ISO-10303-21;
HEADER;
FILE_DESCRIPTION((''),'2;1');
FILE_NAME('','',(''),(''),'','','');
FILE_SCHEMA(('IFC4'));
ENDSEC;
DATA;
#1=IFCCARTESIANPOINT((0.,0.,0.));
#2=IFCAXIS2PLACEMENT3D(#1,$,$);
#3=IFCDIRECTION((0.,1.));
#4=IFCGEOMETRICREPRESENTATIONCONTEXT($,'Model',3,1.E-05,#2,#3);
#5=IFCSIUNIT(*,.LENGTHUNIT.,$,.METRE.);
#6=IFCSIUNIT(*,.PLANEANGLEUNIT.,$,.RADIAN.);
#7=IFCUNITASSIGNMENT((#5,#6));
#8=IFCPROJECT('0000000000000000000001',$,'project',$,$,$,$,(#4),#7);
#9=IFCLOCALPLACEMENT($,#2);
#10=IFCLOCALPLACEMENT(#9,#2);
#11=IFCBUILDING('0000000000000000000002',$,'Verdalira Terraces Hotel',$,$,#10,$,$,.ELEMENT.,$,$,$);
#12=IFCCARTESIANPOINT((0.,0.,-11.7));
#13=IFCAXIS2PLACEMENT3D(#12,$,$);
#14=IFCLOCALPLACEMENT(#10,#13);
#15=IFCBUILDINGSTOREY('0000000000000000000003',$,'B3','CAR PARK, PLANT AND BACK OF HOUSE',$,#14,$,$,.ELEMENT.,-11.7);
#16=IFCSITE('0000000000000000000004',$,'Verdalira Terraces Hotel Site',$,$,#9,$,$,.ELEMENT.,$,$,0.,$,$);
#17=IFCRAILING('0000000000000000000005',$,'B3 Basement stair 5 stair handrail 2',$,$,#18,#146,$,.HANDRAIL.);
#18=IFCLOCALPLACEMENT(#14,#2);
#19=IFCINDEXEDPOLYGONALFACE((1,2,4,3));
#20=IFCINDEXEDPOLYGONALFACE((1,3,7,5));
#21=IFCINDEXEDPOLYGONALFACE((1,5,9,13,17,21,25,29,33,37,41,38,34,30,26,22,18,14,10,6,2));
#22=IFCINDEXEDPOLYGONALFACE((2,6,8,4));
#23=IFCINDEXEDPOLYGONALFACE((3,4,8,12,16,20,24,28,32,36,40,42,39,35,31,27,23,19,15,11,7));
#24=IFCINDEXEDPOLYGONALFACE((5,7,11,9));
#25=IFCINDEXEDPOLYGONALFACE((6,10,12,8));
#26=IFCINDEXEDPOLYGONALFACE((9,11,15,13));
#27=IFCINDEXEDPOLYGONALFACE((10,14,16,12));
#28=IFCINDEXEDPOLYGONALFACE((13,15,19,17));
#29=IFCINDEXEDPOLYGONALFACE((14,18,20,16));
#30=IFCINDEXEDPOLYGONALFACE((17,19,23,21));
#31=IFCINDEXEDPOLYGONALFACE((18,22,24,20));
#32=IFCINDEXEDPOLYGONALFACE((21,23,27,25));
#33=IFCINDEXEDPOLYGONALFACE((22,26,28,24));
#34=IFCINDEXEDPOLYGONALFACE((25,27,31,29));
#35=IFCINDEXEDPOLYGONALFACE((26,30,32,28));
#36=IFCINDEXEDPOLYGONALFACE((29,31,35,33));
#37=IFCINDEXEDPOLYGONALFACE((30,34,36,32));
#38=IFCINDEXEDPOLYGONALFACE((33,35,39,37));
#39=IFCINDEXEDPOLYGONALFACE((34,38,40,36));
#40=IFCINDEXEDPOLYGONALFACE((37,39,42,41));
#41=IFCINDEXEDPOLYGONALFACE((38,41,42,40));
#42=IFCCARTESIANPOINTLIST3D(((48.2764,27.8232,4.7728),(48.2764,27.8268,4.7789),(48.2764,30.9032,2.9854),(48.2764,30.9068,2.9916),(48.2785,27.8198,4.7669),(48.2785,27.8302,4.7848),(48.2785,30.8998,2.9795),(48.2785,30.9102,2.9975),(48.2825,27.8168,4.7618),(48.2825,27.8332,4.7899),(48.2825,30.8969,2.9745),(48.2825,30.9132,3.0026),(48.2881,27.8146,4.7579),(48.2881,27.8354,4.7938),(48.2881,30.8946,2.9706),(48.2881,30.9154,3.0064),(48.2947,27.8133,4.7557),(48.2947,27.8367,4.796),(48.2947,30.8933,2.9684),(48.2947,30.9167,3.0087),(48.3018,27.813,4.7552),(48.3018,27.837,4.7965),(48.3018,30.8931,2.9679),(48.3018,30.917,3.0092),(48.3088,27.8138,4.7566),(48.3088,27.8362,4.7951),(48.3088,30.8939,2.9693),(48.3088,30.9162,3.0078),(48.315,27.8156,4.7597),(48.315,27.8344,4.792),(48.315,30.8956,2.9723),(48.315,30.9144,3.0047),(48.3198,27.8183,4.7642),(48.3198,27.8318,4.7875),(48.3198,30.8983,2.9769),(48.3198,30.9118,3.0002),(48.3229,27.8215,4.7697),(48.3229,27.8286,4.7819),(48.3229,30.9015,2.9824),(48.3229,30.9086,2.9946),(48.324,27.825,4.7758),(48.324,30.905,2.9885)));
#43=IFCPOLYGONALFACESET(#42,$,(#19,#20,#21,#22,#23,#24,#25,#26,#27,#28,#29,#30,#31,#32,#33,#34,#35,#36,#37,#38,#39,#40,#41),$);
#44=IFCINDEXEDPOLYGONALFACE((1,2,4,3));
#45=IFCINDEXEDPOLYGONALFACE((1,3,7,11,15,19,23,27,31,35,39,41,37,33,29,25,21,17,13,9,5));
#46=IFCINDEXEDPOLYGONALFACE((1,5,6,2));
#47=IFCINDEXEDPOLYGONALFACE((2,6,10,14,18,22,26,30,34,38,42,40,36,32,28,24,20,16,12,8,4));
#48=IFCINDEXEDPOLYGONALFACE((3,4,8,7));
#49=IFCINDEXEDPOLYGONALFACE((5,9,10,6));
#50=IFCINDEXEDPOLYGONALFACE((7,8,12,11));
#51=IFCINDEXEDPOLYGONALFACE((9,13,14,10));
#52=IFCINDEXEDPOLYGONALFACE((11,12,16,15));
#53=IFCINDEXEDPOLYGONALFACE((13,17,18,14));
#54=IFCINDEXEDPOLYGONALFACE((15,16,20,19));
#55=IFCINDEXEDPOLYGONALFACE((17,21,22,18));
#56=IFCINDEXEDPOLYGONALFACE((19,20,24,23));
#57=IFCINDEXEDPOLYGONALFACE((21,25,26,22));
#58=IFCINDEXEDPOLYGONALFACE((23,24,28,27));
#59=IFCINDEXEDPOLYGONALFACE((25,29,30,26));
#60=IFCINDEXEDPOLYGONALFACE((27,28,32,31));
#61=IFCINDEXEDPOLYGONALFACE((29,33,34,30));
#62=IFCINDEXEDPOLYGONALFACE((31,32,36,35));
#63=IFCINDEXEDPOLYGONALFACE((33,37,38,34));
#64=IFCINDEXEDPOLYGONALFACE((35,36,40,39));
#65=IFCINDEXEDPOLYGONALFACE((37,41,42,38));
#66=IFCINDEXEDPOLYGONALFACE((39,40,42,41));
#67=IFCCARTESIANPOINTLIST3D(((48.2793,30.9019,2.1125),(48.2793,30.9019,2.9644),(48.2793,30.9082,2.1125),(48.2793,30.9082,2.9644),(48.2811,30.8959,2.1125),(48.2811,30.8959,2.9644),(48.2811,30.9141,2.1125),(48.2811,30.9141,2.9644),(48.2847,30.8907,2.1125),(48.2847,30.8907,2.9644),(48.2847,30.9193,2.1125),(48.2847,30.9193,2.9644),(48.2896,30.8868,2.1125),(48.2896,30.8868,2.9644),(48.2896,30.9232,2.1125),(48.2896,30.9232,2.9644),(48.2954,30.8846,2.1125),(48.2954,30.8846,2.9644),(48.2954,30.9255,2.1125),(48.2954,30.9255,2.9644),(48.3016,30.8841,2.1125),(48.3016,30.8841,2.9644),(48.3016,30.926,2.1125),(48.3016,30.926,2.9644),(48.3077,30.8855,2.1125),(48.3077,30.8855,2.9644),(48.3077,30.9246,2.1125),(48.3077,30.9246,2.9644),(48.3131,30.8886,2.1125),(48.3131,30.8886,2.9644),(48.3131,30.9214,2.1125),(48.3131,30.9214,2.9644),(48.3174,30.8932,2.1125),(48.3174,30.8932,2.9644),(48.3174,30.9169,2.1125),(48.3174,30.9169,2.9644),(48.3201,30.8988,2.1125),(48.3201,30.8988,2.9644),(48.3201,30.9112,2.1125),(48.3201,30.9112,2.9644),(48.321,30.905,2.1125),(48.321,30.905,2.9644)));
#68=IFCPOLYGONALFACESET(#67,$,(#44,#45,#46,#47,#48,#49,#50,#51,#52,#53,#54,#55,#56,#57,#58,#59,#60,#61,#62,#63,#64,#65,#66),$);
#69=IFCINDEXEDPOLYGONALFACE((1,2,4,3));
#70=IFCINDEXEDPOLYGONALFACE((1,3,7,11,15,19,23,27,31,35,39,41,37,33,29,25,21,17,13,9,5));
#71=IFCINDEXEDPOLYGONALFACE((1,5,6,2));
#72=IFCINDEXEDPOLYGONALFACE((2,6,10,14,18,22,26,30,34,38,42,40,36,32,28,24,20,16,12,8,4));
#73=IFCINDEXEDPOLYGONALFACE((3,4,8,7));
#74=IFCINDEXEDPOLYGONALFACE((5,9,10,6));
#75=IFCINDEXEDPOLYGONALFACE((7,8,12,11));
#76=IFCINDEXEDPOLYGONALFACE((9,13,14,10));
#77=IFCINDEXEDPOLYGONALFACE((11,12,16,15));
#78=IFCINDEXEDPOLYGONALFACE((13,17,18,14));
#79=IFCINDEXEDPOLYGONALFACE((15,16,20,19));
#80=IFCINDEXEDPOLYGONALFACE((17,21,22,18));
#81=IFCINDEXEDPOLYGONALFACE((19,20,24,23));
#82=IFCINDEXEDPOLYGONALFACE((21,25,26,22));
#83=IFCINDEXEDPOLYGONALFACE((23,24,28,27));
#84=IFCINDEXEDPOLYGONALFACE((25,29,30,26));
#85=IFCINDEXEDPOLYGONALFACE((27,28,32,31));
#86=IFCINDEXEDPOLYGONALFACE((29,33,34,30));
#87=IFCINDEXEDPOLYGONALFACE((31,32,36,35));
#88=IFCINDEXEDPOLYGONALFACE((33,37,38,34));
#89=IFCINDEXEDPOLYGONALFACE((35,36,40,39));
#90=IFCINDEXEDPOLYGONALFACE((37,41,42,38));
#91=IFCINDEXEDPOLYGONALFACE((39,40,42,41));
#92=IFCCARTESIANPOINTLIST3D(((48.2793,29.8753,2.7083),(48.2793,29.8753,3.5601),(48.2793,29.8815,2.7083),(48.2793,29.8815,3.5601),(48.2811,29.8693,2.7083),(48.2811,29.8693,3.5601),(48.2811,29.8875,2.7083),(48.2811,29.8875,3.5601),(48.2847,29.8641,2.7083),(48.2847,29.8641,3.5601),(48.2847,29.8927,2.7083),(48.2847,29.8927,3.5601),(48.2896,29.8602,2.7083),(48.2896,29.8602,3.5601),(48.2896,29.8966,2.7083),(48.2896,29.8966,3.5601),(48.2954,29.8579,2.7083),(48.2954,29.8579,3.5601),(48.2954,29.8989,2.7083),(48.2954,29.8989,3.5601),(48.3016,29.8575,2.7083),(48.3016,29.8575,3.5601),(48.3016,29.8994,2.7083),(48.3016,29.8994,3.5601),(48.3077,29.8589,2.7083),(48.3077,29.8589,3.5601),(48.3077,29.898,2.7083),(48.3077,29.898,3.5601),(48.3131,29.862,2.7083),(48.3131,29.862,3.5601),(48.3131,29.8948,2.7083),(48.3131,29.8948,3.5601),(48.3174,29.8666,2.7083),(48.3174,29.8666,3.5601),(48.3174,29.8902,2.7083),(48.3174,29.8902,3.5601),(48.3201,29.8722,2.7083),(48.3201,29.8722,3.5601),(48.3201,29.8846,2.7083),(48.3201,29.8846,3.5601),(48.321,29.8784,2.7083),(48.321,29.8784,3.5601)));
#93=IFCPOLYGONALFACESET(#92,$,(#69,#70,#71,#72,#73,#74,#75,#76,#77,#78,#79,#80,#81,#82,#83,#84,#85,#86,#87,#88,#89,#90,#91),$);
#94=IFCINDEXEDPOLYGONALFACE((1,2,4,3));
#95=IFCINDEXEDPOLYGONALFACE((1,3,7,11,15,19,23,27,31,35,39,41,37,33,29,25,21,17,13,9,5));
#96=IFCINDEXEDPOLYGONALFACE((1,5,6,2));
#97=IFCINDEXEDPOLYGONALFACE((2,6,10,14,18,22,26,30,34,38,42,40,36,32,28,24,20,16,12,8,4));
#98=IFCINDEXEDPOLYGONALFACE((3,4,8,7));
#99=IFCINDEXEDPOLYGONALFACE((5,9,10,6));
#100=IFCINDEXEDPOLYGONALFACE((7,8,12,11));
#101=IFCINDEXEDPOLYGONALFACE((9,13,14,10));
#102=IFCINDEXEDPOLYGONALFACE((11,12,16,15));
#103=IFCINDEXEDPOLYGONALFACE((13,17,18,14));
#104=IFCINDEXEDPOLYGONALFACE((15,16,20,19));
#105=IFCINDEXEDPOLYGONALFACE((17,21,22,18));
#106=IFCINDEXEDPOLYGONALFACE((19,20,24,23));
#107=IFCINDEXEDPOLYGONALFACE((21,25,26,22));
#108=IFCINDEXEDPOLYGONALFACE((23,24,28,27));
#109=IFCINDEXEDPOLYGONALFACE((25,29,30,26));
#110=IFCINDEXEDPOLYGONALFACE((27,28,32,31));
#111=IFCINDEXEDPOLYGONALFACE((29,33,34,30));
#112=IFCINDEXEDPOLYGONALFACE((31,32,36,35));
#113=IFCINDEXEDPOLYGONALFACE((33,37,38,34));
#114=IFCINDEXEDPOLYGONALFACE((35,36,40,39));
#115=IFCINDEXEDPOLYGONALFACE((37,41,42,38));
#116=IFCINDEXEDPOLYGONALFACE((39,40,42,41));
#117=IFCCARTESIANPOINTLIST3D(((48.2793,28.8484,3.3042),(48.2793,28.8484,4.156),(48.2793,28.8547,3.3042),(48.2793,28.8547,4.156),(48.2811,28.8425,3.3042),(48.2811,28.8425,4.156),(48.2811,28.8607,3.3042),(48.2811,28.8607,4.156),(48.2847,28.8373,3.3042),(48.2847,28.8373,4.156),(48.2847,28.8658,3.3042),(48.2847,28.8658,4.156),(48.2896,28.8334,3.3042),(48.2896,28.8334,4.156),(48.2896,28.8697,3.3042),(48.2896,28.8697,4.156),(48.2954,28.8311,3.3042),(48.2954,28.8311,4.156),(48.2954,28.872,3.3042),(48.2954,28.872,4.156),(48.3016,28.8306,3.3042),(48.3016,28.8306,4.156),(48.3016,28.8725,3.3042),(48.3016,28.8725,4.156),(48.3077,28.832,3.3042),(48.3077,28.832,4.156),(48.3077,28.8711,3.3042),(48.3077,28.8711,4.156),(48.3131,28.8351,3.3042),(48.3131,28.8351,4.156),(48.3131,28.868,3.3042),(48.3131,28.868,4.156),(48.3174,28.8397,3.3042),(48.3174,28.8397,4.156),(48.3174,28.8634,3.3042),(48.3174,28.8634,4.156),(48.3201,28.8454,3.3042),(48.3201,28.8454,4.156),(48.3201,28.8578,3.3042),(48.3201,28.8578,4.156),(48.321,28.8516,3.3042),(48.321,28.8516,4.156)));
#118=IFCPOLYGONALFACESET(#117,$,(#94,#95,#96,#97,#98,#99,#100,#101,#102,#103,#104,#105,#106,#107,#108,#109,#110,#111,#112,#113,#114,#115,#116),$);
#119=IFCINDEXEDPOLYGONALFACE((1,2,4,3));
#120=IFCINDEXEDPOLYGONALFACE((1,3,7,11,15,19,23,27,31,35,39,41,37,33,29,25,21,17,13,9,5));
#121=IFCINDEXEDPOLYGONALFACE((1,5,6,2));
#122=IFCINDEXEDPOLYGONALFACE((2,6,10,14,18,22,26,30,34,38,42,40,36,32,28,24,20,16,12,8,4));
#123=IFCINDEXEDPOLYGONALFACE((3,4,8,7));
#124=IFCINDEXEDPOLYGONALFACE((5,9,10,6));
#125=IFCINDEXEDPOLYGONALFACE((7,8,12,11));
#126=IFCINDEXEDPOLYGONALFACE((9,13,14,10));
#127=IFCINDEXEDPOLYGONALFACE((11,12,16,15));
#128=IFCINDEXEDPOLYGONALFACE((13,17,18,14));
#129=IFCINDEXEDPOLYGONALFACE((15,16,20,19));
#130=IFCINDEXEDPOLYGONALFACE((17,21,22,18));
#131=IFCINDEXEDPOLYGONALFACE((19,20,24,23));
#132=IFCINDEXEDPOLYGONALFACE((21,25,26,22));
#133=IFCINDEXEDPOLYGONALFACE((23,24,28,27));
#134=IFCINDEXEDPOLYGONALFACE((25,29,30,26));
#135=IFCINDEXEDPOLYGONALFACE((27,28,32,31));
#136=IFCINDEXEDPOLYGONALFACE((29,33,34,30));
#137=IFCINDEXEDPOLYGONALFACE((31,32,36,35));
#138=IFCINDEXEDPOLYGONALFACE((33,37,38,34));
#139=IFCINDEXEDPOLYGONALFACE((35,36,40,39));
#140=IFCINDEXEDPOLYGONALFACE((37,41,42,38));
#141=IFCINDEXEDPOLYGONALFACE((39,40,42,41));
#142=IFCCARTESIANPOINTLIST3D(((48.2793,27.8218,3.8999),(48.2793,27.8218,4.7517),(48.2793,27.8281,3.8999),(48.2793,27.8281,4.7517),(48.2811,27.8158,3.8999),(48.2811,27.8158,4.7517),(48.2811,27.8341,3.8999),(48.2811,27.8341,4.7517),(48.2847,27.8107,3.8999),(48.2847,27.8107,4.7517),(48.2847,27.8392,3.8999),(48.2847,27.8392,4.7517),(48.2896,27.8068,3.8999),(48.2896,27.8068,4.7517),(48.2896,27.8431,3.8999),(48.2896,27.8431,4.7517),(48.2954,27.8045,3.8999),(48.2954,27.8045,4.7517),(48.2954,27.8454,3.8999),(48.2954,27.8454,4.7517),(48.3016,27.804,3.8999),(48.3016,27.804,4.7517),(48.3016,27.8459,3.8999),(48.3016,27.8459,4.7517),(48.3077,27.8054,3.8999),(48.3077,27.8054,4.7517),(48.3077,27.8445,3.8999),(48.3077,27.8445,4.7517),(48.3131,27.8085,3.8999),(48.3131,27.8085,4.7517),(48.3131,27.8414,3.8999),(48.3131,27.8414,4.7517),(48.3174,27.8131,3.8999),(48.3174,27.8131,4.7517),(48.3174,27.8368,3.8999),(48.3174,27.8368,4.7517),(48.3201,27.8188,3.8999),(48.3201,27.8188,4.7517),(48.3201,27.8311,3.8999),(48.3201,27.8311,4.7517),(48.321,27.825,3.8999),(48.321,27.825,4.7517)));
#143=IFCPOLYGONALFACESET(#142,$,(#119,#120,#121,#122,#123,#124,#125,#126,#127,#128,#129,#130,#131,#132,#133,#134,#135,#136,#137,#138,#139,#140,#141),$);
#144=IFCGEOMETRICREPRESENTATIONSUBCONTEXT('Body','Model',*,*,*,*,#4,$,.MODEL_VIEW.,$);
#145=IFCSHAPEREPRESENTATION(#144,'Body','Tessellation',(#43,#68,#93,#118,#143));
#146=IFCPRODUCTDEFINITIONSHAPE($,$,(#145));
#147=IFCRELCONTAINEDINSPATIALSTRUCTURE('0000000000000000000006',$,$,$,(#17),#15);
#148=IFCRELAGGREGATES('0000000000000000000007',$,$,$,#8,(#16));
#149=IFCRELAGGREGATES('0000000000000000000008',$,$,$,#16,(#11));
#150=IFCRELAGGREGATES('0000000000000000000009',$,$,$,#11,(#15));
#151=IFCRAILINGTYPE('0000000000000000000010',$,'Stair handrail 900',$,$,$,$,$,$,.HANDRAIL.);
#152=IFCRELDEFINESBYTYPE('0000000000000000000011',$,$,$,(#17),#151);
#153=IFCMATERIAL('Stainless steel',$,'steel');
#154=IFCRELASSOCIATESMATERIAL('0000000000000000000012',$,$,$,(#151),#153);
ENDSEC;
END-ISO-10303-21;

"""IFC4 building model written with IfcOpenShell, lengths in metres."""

from ifc_helpers import new_model, si_unit, direction, frame, origin, origin_2d, place, context, subcontext, project, spatial, circle, extrude, material, type_object, element, save


model = new_model("IFC4")

# Units and contexts
model_context = context("Model", 3, precision=1e-05, world=origin(), true_north=direction((0.0, 1.0)))
body_context = subcontext(model_context, "Body", "Model", "MODEL_VIEW")
ifc_project = project(units=[si_unit("LENGTHUNIT", "METRE"), si_unit("PLANEANGLEUNIT", "RADIAN")], contexts=[model_context])

# Site, building, storey
site_placement = place(None, origin())
site = spatial("IfcSite", under=ifc_project, at=site_placement, Name="Verdalira Terraces Hotel Site", CompositionType="ELEMENT", RefElevation=0.0)
building_placement = place(site_placement, origin())
building = spatial("IfcBuilding", under=site, at=building_placement, Name="Verdalira Terraces Hotel", CompositionType="ELEMENT")
storey_placement = place(building_placement, frame((0.0, 0.0, -11.7)))
storey = spatial("IfcBuildingStorey", under=building, at=storey_placement, Name="B3", Description="CAR PARK, PLANT AND BACK OF HOUSE", CompositionType="ELEMENT", Elevation=-11.7)

# Railing
ifc_material_1 = material(Name="Stainless steel", Category="steel")
railing_type_1 = type_object("IfcRailingType", Name="Stair handrail 900", PredefinedType="HANDRAIL", material=ifc_material_1)
railing_1_placement = place(storey_placement, frame((48.3, 30.905, 2.1125)))
element("IfcRailing", 1, at=railing_1_placement, inside=storey, type_object=railing_type_1, Name="B3 Basement stair 5 stair handrail 2", PredefinedType="HANDRAIL", context=body_context, shape_type="SweptSolid", body=[
    extrude(circle(Radius=0.0239, at=origin_2d()), frame((0.0, 0.0, 0.876), z_axis=(0.0, -0.86492, 0.501909), x_axis=(1.0, 0.0, 0.0)), (0.0, 0.0, 1.0), 3.561),
    extrude(circle(Radius=0.021, at=origin_2d()), origin(), (0.0, 0.0, 1.0), 0.8518),
    extrude(circle(Radius=0.021, at=origin_2d()), frame((0.0, -1.0266, 0.5957)), (0.0, 0.0, 1.0), 0.8518),
    extrude(circle(Radius=0.021, at=origin_2d()), frame((0.0, -2.0535, 1.1917)), (0.0, 0.0, 1.0), 0.8518),
    extrude(circle(Radius=0.021, at=origin_2d()), frame((0.0, -3.0801, 1.7874)), (0.0, 0.0, 1.0), 0.8518),
])

save(model, "model.ifc")
